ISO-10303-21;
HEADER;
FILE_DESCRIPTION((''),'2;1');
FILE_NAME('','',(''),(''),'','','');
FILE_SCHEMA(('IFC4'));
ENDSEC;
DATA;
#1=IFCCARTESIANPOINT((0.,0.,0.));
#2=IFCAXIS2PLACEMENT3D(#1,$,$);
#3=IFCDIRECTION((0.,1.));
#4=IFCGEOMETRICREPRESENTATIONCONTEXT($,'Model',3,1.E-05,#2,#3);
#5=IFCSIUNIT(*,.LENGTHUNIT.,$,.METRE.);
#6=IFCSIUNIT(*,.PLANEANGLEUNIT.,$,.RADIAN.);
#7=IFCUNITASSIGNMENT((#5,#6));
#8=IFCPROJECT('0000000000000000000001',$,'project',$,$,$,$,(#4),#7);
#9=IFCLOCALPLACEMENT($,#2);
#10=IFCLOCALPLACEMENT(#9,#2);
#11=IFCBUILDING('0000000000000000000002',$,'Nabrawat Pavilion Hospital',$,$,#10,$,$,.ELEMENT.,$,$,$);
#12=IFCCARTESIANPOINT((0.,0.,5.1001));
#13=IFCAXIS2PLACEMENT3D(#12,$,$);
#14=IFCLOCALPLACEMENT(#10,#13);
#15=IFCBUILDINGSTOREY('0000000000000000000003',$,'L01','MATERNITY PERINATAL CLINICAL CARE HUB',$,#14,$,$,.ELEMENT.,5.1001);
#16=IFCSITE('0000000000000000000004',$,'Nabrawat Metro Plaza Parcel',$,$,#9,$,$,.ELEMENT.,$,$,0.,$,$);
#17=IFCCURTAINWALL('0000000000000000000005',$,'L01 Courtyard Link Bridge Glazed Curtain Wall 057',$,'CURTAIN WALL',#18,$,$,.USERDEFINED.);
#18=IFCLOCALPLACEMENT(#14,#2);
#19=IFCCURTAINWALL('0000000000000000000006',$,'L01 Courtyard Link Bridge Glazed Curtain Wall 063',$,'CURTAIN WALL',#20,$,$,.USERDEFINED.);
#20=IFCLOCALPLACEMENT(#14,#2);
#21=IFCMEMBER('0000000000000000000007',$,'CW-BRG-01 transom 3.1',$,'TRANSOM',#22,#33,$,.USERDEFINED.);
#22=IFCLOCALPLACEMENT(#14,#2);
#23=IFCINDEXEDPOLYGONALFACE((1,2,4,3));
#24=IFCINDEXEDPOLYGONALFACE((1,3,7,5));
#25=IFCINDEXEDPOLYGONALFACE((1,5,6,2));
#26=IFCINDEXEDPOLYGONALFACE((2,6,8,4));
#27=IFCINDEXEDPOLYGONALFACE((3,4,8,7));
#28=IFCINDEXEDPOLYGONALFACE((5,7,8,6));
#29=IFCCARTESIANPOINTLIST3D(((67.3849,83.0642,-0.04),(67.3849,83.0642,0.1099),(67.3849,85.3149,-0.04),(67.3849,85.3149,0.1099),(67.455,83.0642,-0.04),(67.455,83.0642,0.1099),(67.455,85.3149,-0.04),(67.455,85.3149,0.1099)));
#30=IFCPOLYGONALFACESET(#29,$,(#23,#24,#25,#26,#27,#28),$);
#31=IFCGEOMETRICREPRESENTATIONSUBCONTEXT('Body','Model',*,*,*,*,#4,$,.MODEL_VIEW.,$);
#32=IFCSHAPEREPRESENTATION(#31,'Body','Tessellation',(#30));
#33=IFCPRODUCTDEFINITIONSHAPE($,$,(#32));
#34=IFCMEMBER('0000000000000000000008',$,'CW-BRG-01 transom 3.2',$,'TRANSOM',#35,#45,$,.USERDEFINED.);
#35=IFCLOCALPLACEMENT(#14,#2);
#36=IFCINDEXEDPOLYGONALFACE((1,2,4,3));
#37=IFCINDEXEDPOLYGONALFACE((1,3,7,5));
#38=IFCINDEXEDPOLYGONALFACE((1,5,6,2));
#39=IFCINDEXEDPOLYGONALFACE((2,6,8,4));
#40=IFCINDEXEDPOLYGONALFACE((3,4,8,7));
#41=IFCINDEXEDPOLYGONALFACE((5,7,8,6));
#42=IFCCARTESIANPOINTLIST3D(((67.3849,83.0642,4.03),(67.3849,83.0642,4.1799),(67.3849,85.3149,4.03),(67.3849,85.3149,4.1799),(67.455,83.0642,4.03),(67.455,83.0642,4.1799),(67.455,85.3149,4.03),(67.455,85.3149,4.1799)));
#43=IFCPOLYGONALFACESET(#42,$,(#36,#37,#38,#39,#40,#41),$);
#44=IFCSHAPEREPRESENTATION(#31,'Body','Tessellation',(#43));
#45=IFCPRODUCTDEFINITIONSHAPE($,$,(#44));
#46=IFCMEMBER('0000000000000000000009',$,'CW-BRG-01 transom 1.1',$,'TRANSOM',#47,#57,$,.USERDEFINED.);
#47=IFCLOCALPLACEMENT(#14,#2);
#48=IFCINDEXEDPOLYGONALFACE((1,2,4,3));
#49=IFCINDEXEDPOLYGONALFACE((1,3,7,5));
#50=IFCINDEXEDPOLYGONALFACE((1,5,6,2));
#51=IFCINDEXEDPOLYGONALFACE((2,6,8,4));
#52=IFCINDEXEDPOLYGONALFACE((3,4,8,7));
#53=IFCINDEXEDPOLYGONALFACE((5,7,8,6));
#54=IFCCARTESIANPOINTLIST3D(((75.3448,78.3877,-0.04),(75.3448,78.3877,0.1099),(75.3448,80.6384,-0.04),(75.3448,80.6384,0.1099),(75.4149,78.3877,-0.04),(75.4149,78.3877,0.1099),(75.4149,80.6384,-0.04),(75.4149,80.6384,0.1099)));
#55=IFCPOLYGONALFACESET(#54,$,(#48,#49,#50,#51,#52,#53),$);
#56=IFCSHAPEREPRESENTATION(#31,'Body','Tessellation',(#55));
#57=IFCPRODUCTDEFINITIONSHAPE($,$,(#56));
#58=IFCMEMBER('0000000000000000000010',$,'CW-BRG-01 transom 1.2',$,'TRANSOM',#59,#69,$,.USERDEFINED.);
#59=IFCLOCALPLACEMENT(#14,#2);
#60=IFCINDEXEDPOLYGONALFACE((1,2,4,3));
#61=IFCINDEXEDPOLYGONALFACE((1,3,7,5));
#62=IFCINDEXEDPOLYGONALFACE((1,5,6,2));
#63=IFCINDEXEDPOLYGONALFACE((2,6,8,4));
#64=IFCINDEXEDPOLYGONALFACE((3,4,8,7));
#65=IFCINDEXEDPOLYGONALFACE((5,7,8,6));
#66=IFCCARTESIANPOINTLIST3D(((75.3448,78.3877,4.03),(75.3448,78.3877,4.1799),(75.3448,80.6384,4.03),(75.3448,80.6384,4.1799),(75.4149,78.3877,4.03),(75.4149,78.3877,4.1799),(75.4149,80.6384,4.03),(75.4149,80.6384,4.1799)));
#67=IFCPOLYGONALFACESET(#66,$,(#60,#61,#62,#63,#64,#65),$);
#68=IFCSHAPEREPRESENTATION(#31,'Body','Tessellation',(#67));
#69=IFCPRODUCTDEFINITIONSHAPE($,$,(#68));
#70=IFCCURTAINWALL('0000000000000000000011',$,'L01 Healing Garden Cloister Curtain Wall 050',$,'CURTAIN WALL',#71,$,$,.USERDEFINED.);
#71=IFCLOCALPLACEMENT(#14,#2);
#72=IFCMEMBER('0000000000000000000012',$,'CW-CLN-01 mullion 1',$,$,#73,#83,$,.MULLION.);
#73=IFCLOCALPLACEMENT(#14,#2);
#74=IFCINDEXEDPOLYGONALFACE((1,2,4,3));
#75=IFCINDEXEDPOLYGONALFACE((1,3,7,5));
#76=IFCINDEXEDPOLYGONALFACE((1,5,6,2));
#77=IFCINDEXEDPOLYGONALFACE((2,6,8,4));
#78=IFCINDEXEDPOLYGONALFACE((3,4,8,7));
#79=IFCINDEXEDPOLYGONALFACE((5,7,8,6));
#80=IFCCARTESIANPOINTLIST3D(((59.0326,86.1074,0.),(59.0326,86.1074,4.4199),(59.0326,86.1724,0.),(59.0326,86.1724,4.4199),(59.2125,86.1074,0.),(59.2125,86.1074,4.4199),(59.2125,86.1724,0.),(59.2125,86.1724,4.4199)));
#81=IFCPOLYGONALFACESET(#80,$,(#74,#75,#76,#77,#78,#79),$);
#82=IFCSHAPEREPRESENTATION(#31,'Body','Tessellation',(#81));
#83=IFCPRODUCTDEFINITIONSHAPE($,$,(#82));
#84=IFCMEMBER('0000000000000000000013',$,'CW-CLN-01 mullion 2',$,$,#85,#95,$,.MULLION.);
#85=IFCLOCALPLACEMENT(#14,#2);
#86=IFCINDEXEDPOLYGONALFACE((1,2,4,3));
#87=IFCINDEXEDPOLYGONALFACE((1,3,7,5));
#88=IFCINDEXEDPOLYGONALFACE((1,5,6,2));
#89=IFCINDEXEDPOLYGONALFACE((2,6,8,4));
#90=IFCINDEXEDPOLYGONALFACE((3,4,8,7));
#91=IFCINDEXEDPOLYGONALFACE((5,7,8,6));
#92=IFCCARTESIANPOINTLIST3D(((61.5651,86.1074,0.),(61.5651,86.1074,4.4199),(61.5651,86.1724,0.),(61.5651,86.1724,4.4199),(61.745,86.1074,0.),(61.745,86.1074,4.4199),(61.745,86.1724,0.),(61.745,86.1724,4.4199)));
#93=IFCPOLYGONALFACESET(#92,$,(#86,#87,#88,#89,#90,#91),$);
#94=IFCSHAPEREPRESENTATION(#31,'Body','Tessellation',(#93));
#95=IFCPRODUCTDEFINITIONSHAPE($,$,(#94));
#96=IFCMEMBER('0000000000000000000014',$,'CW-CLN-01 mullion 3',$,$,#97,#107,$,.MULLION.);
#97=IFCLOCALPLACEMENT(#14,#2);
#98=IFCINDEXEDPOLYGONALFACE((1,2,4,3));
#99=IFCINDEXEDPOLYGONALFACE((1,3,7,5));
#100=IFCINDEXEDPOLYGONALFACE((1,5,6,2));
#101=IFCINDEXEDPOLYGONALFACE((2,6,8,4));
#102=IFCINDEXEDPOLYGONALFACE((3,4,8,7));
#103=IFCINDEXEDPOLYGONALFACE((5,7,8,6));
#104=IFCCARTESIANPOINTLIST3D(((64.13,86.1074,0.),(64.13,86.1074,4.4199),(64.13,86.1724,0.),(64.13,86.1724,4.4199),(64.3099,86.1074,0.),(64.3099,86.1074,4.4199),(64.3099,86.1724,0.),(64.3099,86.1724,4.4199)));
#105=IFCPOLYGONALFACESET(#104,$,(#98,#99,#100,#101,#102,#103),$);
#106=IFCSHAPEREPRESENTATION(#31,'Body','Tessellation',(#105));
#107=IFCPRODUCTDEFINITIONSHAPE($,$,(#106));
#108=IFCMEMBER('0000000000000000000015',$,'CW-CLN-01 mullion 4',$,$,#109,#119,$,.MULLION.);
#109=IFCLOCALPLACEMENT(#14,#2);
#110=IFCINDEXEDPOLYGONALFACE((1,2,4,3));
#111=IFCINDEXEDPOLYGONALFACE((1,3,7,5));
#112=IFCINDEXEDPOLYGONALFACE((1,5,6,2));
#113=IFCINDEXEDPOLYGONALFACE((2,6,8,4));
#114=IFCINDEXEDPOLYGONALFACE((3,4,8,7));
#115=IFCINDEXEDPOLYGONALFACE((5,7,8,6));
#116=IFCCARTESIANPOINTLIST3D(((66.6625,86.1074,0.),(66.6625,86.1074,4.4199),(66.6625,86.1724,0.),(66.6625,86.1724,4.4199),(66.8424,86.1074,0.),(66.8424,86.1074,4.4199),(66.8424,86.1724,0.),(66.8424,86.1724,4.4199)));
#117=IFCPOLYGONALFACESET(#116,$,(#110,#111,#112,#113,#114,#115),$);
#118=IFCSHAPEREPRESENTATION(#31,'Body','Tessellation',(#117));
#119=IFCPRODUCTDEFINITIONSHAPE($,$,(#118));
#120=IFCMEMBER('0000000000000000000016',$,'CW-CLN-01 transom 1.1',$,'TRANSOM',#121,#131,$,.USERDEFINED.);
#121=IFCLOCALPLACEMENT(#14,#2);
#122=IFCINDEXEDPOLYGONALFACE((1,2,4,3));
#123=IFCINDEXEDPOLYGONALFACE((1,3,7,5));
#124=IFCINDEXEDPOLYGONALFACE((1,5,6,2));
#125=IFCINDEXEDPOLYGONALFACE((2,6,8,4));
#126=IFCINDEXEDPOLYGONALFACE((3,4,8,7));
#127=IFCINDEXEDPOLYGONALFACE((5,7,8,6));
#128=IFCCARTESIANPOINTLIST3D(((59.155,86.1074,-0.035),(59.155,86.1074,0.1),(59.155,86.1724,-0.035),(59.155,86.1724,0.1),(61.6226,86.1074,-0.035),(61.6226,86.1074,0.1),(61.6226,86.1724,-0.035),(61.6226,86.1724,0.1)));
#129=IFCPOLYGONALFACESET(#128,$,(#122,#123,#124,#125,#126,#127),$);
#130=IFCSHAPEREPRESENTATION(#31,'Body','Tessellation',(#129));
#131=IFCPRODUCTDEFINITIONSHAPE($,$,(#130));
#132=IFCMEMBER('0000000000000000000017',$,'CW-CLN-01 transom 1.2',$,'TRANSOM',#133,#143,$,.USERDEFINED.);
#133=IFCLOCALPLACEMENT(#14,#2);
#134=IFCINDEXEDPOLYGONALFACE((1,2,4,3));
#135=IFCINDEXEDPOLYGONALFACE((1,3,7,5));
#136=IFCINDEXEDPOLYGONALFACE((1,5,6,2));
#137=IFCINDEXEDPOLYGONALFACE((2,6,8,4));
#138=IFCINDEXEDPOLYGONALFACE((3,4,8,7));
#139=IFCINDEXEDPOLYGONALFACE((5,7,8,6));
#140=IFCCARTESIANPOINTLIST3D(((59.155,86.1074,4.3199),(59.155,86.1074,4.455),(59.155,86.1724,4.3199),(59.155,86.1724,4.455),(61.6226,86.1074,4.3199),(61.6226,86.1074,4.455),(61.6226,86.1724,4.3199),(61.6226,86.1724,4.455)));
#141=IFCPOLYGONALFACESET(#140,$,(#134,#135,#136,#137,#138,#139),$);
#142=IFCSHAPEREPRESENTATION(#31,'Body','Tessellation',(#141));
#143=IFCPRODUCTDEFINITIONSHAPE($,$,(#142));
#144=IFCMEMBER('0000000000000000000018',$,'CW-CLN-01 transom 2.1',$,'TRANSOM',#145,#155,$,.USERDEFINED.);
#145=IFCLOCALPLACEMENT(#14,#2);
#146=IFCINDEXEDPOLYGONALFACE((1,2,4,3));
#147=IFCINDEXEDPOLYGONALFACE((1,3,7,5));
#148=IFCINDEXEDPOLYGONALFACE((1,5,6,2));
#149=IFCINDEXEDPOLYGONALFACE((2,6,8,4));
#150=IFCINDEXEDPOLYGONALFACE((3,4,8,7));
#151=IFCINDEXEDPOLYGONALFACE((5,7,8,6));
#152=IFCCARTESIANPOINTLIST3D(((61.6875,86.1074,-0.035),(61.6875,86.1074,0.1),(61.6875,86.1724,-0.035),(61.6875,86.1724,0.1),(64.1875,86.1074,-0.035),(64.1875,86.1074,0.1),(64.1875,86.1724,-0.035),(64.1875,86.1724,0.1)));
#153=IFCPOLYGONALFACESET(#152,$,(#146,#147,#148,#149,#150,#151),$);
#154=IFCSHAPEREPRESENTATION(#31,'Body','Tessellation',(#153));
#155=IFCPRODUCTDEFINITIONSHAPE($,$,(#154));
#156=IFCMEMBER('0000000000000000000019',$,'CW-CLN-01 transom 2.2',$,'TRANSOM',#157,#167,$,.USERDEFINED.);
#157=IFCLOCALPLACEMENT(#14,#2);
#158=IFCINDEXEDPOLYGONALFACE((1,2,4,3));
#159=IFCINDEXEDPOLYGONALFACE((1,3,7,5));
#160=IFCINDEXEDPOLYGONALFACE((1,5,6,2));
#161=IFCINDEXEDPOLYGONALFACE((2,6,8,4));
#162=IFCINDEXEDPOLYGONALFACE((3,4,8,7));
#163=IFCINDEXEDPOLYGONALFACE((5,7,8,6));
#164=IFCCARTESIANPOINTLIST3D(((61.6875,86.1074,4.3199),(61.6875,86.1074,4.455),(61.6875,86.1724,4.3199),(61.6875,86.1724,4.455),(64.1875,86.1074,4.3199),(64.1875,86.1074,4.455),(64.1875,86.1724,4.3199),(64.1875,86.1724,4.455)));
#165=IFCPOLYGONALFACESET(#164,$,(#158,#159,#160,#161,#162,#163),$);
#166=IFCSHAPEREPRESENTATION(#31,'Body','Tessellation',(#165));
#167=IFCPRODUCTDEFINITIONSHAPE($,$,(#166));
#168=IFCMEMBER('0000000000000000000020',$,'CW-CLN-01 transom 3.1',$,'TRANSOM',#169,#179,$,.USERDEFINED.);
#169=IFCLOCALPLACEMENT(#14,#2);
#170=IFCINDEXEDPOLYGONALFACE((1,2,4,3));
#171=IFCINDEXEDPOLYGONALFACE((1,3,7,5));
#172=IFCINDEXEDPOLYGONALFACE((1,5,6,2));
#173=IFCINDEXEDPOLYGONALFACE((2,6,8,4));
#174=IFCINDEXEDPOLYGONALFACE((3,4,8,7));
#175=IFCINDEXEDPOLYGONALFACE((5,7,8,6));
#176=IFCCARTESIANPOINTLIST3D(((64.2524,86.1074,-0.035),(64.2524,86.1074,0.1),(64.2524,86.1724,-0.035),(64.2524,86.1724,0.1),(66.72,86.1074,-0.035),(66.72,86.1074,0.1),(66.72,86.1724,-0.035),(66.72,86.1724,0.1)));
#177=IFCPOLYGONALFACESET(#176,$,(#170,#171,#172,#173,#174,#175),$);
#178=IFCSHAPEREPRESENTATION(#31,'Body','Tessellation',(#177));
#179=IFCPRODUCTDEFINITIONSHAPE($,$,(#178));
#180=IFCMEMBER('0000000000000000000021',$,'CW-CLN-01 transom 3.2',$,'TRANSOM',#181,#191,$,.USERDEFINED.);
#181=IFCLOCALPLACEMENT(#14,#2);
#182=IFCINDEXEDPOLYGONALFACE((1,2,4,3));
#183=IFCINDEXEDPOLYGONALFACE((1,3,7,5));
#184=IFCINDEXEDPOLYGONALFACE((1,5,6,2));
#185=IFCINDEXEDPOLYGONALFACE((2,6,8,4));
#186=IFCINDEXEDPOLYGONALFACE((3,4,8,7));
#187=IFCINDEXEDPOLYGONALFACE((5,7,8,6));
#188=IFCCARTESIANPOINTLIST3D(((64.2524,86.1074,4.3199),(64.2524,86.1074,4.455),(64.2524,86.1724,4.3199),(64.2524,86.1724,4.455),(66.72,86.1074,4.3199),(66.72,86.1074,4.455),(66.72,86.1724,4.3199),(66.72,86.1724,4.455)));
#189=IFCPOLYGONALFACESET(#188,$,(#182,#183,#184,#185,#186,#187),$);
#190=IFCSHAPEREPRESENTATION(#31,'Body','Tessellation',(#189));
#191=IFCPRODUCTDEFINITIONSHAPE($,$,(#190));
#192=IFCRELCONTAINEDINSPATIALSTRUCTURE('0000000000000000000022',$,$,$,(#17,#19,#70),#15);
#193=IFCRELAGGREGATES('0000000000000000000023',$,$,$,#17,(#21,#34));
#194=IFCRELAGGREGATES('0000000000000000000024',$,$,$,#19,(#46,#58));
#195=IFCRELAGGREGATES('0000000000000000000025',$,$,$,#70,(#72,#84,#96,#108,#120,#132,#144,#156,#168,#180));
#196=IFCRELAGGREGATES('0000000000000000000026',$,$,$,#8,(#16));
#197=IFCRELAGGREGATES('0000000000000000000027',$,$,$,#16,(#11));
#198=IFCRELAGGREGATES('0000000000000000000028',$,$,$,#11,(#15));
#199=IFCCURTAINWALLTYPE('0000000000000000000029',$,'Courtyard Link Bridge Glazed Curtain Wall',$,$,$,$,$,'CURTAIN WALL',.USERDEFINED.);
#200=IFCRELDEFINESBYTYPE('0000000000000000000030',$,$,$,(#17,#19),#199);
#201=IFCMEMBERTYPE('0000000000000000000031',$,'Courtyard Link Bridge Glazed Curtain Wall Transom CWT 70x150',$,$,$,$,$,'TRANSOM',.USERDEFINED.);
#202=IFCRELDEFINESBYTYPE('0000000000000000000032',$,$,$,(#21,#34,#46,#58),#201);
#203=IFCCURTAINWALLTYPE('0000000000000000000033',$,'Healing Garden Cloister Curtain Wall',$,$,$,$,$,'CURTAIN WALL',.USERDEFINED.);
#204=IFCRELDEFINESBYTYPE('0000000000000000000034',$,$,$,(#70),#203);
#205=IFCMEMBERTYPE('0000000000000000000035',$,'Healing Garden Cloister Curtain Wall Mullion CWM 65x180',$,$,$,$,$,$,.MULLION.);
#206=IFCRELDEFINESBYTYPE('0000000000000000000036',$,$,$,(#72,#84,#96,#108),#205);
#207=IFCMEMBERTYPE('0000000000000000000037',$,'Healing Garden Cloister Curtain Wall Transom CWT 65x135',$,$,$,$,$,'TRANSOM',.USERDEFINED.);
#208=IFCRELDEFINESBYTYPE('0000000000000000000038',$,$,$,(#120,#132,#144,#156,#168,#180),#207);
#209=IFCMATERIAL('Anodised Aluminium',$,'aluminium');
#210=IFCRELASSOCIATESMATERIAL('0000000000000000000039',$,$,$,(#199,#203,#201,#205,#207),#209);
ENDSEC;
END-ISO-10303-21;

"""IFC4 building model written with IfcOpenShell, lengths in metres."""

from ifc_helpers import new_model, si_unit, direction, frame, origin, origin_2d, place, context, subcontext, project, spatial, rectangle, extrude, material, material_profile, profile_set, type_object, element, aggregate, save


model = new_model("IFC4")

# Units and contexts
model_context = context("Model", 3, precision=1e-05, world=origin(), true_north=direction((0.0, 1.0)))
body_context = subcontext(model_context, "Body", "Model", "MODEL_VIEW")
ifc_project = project(units=[si_unit("LENGTHUNIT", "METRE"), si_unit("PLANEANGLEUNIT", "RADIAN")], contexts=[model_context])

# Site, building, storey
site_placement = place(None, origin())
site = spatial("IfcSite", under=ifc_project, at=site_placement, Name="Nabrawat Metro Plaza Parcel", CompositionType="ELEMENT", RefElevation=0.0)
building_placement = place(site_placement, origin())
building = spatial("IfcBuilding", under=site, at=building_placement, Name="Nabrawat Pavilion Hospital", CompositionType="ELEMENT")
storey_placement = place(building_placement, frame((0.0, 0.0, 5.1001)))
storey = spatial("IfcBuildingStorey", under=building, at=storey_placement, Name="L01", Description="MATERNITY PERINATAL CLINICAL CARE HUB", CompositionType="ELEMENT", Elevation=5.1001)

# Curtain wall
ifc_material_1 = material(Name="Anodised Aluminium", Category="aluminium")
curtain_wall_type_1 = type_object("IfcCurtainWallType", Name="Courtyard Link Bridge Glazed Curtain Wall", ElementType="CURTAIN WALL", PredefinedType="USERDEFINED", material=ifc_material_1)
curtain_wall_1_placement = place(storey_placement, origin())
curtain_wall_1 = element("IfcCurtainWall", 1, at=curtain_wall_1_placement, inside=storey, type_object=curtain_wall_type_1, Name="L01 Courtyard Link Bridge Glazed Curtain Wall 057", ObjectType="CURTAIN WALL", PredefinedType="USERDEFINED")

# Curtain wall
curtain_wall_2_placement = place(storey_placement, origin())
curtain_wall_2 = element("IfcCurtainWall", 2, at=curtain_wall_2_placement, inside=storey, type_object=curtain_wall_type_1, Name="L01 Courtyard Link Bridge Glazed Curtain Wall 063", ObjectType="CURTAIN WALL", PredefinedType="USERDEFINED")

# Members
ifc_material_profile_1 = material_profile(ifc_material_1, rectangle(XDim=0.0701, YDim=0.1499, at=origin_2d()), Name="CWT 70x150")
ifc_profile_set_1 = profile_set([ifc_material_profile_1], Name="Anodised Aluminium")
member_type_1 = type_object("IfcMemberType", Name="Courtyard Link Bridge Glazed Curtain Wall Transom CWT 70x150", ElementType="TRANSOM", PredefinedType="USERDEFINED", material=ifc_profile_set_1)
member_1_placement = place(storey_placement, frame((67.4199, 83.0642, 0.0349), z_axis=(0.0, 1.0, 0.0), x_axis=(-1.0, 0.0, 0.0)))
member_1 = element("IfcMember", 3, at=member_1_placement, type_object=member_type_1, Name="CW-BRG-01 transom 3.1", ObjectType="TRANSOM", PredefinedType="USERDEFINED", context=body_context, shape_type="SweptSolid", body=[
    extrude(rectangle(XDim=0.0701, YDim=0.1499, at=origin_2d()), origin(), (0.0, 0.0, 1.0), 2.2507),
])
member_2_placement = place(storey_placement, frame((67.4199, 83.0642, 4.105), z_axis=(0.0, 1.0, 0.0), x_axis=(-1.0, 0.0, 0.0)))
member_2 = element("IfcMember", 4, at=member_2_placement, type_object=member_type_1, Name="CW-BRG-01 transom 3.2", ObjectType="TRANSOM", PredefinedType="USERDEFINED", context=body_context, shape_type="SweptSolid", body=[
    extrude(rectangle(XDim=0.0701, YDim=0.1499, at=origin_2d()), origin(), (0.0, 0.0, 1.0), 2.2507),
])
member_3_placement = place(storey_placement, frame((75.3799, 78.3877, 0.0349), z_axis=(0.0, 1.0, 0.0), x_axis=(-1.0, 0.0, 0.0)))
member_3 = element("IfcMember", 5, at=member_3_placement, type_object=member_type_1, Name="CW-BRG-01 transom 1.1", ObjectType="TRANSOM", PredefinedType="USERDEFINED", context=body_context, shape_type="SweptSolid", body=[
    extrude(rectangle(XDim=0.0701, YDim=0.1499, at=origin_2d()), origin(), (0.0, 0.0, 1.0), 2.2507),
])
member_4_placement = place(storey_placement, frame((75.3799, 78.3877, 4.105), z_axis=(0.0, 1.0, 0.0), x_axis=(-1.0, 0.0, 0.0)))
member_4 = element("IfcMember", 6, at=member_4_placement, type_object=member_type_1, Name="CW-BRG-01 transom 1.2", ObjectType="TRANSOM", PredefinedType="USERDEFINED", context=body_context, shape_type="SweptSolid", body=[
    extrude(rectangle(XDim=0.0701, YDim=0.1499, at=origin_2d()), origin(), (0.0, 0.0, 1.0), 2.2507),
])

# Curtain wall, members
curtain_wall_type_2 = type_object("IfcCurtainWallType", Name="Healing Garden Cloister Curtain Wall", ElementType="CURTAIN WALL", PredefinedType="USERDEFINED", material=ifc_material_1)
curtain_wall_3_placement = place(storey_placement, origin())
curtain_wall_3 = element("IfcCurtainWall", 7, at=curtain_wall_3_placement, inside=storey, type_object=curtain_wall_type_2, Name="L01 Healing Garden Cloister Curtain Wall 050", ObjectType="CURTAIN WALL", PredefinedType="USERDEFINED")
ifc_material_profile_2 = material_profile(ifc_material_1, rectangle(XDim=0.0649, YDim=0.1799, at=origin_2d()), Name="CWM 65x180")
ifc_profile_set_2 = profile_set([ifc_material_profile_2], Name="Anodised Aluminium")
member_type_2 = type_object("IfcMemberType", Name="Healing Garden Cloister Curtain Wall Mullion CWM 65x180", PredefinedType="MULLION", material=ifc_profile_set_2)
member_5_placement = place(storey_placement, frame((59.1226, 86.1399, 0.0), z_axis=(0.0, 0.0, 1.0), x_axis=(0.0, 1.0, 0.0)))
member_5 = element("IfcMember", 8, at=member_5_placement, type_object=member_type_2, Name="CW-CLN-01 mullion 1", PredefinedType="MULLION", context=body_context, shape_type="SweptSolid", body=[
    extrude(rectangle(XDim=0.0649, YDim=0.1799, at=origin_2d()), origin(), (0.0, 0.0, 1.0), 4.4199),
])
member_6_placement = place(storey_placement, frame((61.655, 86.1399, 0.0), z_axis=(0.0, 0.0, 1.0), x_axis=(0.0, 1.0, 0.0)))
member_6 = element("IfcMember", 9, at=member_6_placement, type_object=member_type_2, Name="CW-CLN-01 mullion 2", PredefinedType="MULLION", context=body_context, shape_type="SweptSolid", body=[
    extrude(rectangle(XDim=0.0649, YDim=0.1799, at=origin_2d()), origin(), (0.0, 0.0, 1.0), 4.4199),
])
member_7_placement = place(storey_placement, frame((64.22, 86.1399, 0.0), z_axis=(0.0, 0.0, 1.0), x_axis=(0.0, 1.0, 0.0)))
member_7 = element("IfcMember", 10, at=member_7_placement, type_object=member_type_2, Name="CW-CLN-01 mullion 3", PredefinedType="MULLION", context=body_context, shape_type="SweptSolid", body=[
    extrude(rectangle(XDim=0.0649, YDim=0.1799, at=origin_2d()), origin(), (0.0, 0.0, 1.0), 4.4199),
])
member_8_placement = place(storey_placement, frame((66.7524, 86.1399, 0.0), z_axis=(0.0, 0.0, 1.0), x_axis=(0.0, 1.0, 0.0)))
member_8 = element("IfcMember", 11, at=member_8_placement, type_object=member_type_2, Name="CW-CLN-01 mullion 4", PredefinedType="MULLION", context=body_context, shape_type="SweptSolid", body=[
    extrude(rectangle(XDim=0.0649, YDim=0.1799, at=origin_2d()), origin(), (0.0, 0.0, 1.0), 4.4199),
])
ifc_material_profile_3 = material_profile(ifc_material_1, rectangle(XDim=0.0649, YDim=0.135, at=origin_2d()), Name="CWT 65x135")
ifc_profile_set_3 = profile_set([ifc_material_profile_3], Name="Anodised Aluminium")
member_type_3 = type_object("IfcMemberType", Name="Healing Garden Cloister Curtain Wall Transom CWT 65x135", ElementType="TRANSOM", PredefinedType="USERDEFINED", material=ifc_profile_set_3)
member_9_placement = place(storey_placement, frame((59.155, 86.1399, 0.0325), z_axis=(1.0, 0.0, 0.0), x_axis=(0.0, 1.0, 0.0)))
member_9 = element("IfcMember", 12, at=member_9_placement, type_object=member_type_3, Name="CW-CLN-01 transom 1.1", ObjectType="TRANSOM", PredefinedType="USERDEFINED", context=body_context, shape_type="SweptSolid", body=[
    extrude(rectangle(XDim=0.0649, YDim=0.135, at=origin_2d()), origin(), (0.0, 0.0, 1.0), 2.4675),
])
member_10_placement = place(storey_placement, frame((59.155, 86.1399, 4.3875), z_axis=(1.0, 0.0, 0.0), x_axis=(0.0, 1.0, 0.0)))
member_10 = element("IfcMember", 13, at=member_10_placement, type_object=member_type_3, Name="CW-CLN-01 transom 1.2", ObjectType="TRANSOM", PredefinedType="USERDEFINED", context=body_context, shape_type="SweptSolid", body=[
    extrude(rectangle(XDim=0.0649, YDim=0.135, at=origin_2d()), origin(), (0.0, 0.0, 1.0), 2.4675),
])
member_11_placement = place(storey_placement, frame((61.6875, 86.1399, 0.0325), z_axis=(1.0, 0.0, 0.0), x_axis=(0.0, 1.0, 0.0)))
member_11 = element("IfcMember", 14, at=member_11_placement, type_object=member_type_3, Name="CW-CLN-01 transom 2.1", ObjectType="TRANSOM", PredefinedType="USERDEFINED", context=body_context, shape_type="SweptSolid", body=[
    extrude(rectangle(XDim=0.0649, YDim=0.135, at=origin_2d()), origin(), (0.0, 0.0, 1.0), 2.5),
])
member_12_placement = place(storey_placement, frame((61.6875, 86.1399, 4.3875), z_axis=(1.0, 0.0, 0.0), x_axis=(0.0, 1.0, 0.0)))
member_12 = element("IfcMember", 15, at=member_12_placement, type_object=member_type_3, Name="CW-CLN-01 transom 2.2", ObjectType="TRANSOM", PredefinedType="USERDEFINED", context=body_context, shape_type="SweptSolid", body=[
    extrude(rectangle(XDim=0.0649, YDim=0.135, at=origin_2d()), origin(), (0.0, 0.0, 1.0), 2.5),
])
member_13_placement = place(storey_placement, frame((64.2524, 86.1399, 0.0325), z_axis=(1.0, 0.0, 0.0), x_axis=(0.0, 1.0, 0.0)))
member_13 = element("IfcMember", 16, at=member_13_placement, type_object=member_type_3, Name="CW-CLN-01 transom 3.1", ObjectType="TRANSOM", PredefinedType="USERDEFINED", context=body_context, shape_type="SweptSolid", body=[
    extrude(rectangle(XDim=0.0649, YDim=0.135, at=origin_2d()), origin(), (0.0, 0.0, 1.0), 2.4675),
])
member_14_placement = place(storey_placement, frame((64.2524, 86.1399, 4.3875), z_axis=(1.0, 0.0, 0.0), x_axis=(0.0, 1.0, 0.0)))
member_14 = element("IfcMember", 17, at=member_14_placement, type_object=member_type_3, Name="CW-CLN-01 transom 3.2", ObjectType="TRANSOM", PredefinedType="USERDEFINED", context=body_context, shape_type="SweptSolid", body=[
    extrude(rectangle(XDim=0.0649, YDim=0.135, at=origin_2d()), origin(), (0.0, 0.0, 1.0), 2.4675),
])

aggregate(curtain_wall_1, [member_1, member_2])
aggregate(curtain_wall_2, [member_3, member_4])
aggregate(curtain_wall_3, [member_5, member_6, member_7, member_8, member_9, member_10, member_11, member_12, member_13, member_14])

save(model, "model.ifc")
